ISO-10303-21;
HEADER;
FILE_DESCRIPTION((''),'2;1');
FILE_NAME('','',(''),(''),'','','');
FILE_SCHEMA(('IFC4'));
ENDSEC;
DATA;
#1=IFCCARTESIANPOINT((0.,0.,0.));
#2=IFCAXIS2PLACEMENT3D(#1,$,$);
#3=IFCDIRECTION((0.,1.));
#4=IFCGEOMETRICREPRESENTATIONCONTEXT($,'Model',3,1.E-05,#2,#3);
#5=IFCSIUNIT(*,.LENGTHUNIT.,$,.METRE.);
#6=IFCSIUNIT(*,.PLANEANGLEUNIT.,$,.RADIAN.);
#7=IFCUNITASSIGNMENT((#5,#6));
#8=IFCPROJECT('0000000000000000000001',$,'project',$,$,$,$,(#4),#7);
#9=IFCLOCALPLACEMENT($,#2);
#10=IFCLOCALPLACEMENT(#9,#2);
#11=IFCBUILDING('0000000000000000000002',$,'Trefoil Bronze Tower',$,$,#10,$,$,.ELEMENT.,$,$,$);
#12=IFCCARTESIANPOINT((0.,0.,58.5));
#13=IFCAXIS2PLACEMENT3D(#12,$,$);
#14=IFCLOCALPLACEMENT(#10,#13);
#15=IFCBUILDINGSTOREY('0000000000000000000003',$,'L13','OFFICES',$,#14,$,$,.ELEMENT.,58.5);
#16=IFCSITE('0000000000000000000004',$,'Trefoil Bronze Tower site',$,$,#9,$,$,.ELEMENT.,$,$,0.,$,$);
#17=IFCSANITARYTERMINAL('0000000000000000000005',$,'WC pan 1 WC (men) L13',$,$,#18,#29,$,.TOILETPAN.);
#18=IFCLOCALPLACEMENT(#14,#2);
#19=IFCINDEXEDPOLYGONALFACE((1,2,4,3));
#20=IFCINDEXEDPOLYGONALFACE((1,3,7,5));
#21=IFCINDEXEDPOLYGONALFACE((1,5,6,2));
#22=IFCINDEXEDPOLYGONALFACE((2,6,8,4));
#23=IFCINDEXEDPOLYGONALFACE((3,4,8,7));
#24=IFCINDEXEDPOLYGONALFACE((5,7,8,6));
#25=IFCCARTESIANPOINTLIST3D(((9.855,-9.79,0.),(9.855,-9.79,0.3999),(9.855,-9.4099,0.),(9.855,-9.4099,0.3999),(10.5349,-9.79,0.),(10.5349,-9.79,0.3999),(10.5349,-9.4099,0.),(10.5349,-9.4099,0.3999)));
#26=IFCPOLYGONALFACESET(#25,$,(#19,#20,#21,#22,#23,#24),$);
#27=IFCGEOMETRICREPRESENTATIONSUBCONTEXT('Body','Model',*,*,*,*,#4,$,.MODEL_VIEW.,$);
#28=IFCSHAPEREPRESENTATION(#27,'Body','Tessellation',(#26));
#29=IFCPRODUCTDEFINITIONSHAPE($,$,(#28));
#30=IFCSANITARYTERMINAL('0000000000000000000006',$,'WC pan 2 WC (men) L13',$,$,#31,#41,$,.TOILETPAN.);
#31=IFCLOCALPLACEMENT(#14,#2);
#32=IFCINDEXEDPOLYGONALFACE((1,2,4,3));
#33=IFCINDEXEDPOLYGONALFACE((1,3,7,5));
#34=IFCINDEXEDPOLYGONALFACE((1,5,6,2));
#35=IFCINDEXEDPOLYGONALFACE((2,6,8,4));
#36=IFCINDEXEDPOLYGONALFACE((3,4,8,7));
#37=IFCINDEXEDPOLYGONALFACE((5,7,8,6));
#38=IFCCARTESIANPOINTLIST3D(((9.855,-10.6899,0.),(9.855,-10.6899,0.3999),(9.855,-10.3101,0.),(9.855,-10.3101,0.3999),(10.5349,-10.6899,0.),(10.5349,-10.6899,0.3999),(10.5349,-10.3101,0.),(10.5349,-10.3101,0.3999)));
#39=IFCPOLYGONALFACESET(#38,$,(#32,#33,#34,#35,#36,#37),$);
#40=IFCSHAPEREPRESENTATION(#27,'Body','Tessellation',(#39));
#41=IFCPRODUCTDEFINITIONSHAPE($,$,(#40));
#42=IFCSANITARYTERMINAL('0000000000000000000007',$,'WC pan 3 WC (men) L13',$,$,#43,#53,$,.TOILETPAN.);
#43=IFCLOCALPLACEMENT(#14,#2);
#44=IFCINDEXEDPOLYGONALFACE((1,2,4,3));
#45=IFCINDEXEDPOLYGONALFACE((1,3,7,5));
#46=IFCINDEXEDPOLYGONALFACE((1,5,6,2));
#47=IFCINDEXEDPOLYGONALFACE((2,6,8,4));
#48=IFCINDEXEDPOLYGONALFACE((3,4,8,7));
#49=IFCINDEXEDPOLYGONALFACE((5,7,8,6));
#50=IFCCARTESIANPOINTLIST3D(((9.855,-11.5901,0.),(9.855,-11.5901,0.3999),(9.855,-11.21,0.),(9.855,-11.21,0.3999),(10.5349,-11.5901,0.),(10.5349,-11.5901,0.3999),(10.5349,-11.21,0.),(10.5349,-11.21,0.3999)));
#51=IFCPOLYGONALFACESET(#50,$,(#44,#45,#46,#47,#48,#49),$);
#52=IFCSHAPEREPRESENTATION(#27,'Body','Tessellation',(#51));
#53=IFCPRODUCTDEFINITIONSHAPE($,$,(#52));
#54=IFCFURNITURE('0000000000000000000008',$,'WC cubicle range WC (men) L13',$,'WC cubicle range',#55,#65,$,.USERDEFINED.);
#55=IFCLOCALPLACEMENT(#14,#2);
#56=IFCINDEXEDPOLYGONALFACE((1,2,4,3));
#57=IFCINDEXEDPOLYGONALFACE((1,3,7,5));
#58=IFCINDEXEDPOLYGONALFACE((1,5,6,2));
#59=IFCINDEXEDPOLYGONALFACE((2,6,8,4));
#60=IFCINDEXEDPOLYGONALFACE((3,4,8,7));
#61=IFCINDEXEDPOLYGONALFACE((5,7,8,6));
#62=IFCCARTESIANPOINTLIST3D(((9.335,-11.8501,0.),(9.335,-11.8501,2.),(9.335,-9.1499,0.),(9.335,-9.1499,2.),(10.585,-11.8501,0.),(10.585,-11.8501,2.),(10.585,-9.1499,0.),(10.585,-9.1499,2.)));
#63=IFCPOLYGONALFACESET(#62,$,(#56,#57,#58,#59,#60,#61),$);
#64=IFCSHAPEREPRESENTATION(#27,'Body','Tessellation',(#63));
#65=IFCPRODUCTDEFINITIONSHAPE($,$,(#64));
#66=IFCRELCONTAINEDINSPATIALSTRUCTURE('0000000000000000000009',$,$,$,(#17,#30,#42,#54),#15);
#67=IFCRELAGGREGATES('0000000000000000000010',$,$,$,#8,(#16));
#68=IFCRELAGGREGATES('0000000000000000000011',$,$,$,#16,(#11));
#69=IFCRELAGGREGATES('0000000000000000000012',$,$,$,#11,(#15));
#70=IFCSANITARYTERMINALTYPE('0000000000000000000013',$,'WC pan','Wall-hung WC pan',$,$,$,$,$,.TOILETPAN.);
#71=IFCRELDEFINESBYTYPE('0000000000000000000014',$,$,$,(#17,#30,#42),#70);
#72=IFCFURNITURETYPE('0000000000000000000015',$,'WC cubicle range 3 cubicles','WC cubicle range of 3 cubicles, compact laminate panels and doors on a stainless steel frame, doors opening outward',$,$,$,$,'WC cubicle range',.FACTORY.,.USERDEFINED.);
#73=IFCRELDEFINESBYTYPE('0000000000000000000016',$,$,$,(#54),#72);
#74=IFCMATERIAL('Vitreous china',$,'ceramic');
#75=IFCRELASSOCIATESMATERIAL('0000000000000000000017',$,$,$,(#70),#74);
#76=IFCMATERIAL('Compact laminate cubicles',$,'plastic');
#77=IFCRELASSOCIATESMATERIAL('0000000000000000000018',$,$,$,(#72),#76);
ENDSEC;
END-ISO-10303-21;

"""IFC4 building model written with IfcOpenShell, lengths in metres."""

from ifc_helpers import new_model, si_unit, direction, frame, origin, place, context, subcontext, project, spatial, polyline, outline, extrude, material, type_object, element, save


model = new_model("IFC4")

# Units and contexts
model_context = context("Model", 3, precision=1e-05, world=origin(), true_north=direction((0.0, 1.0)))
body_context = subcontext(model_context, "Body", "Model", "MODEL_VIEW")
ifc_project = project(units=[si_unit("LENGTHUNIT", "METRE"), si_unit("PLANEANGLEUNIT", "RADIAN")], contexts=[model_context])

# Site, building, storey
site_placement = place(None, origin())
site = spatial("IfcSite", under=ifc_project, at=site_placement, Name="Trefoil Bronze Tower site", CompositionType="ELEMENT", RefElevation=0.0)
building_placement = place(site_placement, origin())
building = spatial("IfcBuilding", under=site, at=building_placement, Name="Trefoil Bronze Tower", CompositionType="ELEMENT")
storey_placement = place(building_placement, frame((0.0, 0.0, 58.5)))
storey = spatial("IfcBuildingStorey", under=building, at=storey_placement, Name="L13", Description="OFFICES", CompositionType="ELEMENT", Elevation=58.5)

# Sanitary terminals
ifc_material_1 = material(Name="Vitreous china", Category="ceramic")
sanitary_terminal_type_1 = type_object("IfcSanitaryTerminalType", Name="WC pan", Description="Wall-hung WC pan", PredefinedType="TOILETPAN", material=ifc_material_1)
sanitary_terminal_1_placement = place(storey_placement, origin())
element("IfcSanitaryTerminal", 1, at=sanitary_terminal_1_placement, inside=storey, type_object=sanitary_terminal_type_1, Name="WC pan 1 WC (men) L13", PredefinedType="TOILETPAN", context=body_context, shape_type="SweptSolid", body=[
    extrude(outline(polyline([(9.855, -9.4099), (10.5349, -9.4099), (10.5349, -9.79), (9.855, -9.79), (9.855, -9.4099)])), origin(), (0.0, 0.0, 1.0), 0.3999),
])
sanitary_terminal_2_placement = place(storey_placement, origin())
element("IfcSanitaryTerminal", 2, at=sanitary_terminal_2_placement, inside=storey, type_object=sanitary_terminal_type_1, Name="WC pan 2 WC (men) L13", PredefinedType="TOILETPAN", context=body_context, shape_type="SweptSolid", body=[
    extrude(outline(polyline([(9.855, -10.3101), (10.5349, -10.3101), (10.5349, -10.6899), (9.855, -10.6899), (9.855, -10.3101)])), origin(), (0.0, 0.0, 1.0), 0.3999),
])
sanitary_terminal_3_placement = place(storey_placement, origin())
element("IfcSanitaryTerminal", 3, at=sanitary_terminal_3_placement, inside=storey, type_object=sanitary_terminal_type_1, Name="WC pan 3 WC (men) L13", PredefinedType="TOILETPAN", context=body_context, shape_type="SweptSolid", body=[
    extrude(outline(polyline([(9.855, -11.21), (10.5349, -11.21), (10.5349, -11.5901), (9.855, -11.5901), (9.855, -11.21)])), origin(), (0.0, 0.0, 1.0), 0.3999),
])

# Furniture
ifc_material_2 = material(Name="Compact laminate cubicles", Category="plastic")
furniture_type = type_object("IfcFurnitureType", Name="WC cubicle range 3 cubicles", Description="WC cubicle range of 3 cubicles, compact laminate panels and doors on a stainless steel frame, doors opening outward", ElementType="WC cubicle range", AssemblyPlace="FACTORY", PredefinedType="USERDEFINED", material=ifc_material_2)
furniture_placement = place(storey_placement, origin())
element("IfcFurniture", 4, at=furniture_placement, inside=storey, type_object=furniture_type, Name="WC cubicle range WC (men) L13", ObjectType="WC cubicle range", PredefinedType="USERDEFINED", context=body_context, shape_type="SweptSolid", body=[
    extrude(outline(polyline([(9.335, -9.1499), (10.585, -9.1499), (10.585, -11.8501), (9.335, -11.8501), (9.335, -9.1499)])), origin(), (0.0, 0.0, 1.0), 2.0),
])

save(model, "model.ifc")
